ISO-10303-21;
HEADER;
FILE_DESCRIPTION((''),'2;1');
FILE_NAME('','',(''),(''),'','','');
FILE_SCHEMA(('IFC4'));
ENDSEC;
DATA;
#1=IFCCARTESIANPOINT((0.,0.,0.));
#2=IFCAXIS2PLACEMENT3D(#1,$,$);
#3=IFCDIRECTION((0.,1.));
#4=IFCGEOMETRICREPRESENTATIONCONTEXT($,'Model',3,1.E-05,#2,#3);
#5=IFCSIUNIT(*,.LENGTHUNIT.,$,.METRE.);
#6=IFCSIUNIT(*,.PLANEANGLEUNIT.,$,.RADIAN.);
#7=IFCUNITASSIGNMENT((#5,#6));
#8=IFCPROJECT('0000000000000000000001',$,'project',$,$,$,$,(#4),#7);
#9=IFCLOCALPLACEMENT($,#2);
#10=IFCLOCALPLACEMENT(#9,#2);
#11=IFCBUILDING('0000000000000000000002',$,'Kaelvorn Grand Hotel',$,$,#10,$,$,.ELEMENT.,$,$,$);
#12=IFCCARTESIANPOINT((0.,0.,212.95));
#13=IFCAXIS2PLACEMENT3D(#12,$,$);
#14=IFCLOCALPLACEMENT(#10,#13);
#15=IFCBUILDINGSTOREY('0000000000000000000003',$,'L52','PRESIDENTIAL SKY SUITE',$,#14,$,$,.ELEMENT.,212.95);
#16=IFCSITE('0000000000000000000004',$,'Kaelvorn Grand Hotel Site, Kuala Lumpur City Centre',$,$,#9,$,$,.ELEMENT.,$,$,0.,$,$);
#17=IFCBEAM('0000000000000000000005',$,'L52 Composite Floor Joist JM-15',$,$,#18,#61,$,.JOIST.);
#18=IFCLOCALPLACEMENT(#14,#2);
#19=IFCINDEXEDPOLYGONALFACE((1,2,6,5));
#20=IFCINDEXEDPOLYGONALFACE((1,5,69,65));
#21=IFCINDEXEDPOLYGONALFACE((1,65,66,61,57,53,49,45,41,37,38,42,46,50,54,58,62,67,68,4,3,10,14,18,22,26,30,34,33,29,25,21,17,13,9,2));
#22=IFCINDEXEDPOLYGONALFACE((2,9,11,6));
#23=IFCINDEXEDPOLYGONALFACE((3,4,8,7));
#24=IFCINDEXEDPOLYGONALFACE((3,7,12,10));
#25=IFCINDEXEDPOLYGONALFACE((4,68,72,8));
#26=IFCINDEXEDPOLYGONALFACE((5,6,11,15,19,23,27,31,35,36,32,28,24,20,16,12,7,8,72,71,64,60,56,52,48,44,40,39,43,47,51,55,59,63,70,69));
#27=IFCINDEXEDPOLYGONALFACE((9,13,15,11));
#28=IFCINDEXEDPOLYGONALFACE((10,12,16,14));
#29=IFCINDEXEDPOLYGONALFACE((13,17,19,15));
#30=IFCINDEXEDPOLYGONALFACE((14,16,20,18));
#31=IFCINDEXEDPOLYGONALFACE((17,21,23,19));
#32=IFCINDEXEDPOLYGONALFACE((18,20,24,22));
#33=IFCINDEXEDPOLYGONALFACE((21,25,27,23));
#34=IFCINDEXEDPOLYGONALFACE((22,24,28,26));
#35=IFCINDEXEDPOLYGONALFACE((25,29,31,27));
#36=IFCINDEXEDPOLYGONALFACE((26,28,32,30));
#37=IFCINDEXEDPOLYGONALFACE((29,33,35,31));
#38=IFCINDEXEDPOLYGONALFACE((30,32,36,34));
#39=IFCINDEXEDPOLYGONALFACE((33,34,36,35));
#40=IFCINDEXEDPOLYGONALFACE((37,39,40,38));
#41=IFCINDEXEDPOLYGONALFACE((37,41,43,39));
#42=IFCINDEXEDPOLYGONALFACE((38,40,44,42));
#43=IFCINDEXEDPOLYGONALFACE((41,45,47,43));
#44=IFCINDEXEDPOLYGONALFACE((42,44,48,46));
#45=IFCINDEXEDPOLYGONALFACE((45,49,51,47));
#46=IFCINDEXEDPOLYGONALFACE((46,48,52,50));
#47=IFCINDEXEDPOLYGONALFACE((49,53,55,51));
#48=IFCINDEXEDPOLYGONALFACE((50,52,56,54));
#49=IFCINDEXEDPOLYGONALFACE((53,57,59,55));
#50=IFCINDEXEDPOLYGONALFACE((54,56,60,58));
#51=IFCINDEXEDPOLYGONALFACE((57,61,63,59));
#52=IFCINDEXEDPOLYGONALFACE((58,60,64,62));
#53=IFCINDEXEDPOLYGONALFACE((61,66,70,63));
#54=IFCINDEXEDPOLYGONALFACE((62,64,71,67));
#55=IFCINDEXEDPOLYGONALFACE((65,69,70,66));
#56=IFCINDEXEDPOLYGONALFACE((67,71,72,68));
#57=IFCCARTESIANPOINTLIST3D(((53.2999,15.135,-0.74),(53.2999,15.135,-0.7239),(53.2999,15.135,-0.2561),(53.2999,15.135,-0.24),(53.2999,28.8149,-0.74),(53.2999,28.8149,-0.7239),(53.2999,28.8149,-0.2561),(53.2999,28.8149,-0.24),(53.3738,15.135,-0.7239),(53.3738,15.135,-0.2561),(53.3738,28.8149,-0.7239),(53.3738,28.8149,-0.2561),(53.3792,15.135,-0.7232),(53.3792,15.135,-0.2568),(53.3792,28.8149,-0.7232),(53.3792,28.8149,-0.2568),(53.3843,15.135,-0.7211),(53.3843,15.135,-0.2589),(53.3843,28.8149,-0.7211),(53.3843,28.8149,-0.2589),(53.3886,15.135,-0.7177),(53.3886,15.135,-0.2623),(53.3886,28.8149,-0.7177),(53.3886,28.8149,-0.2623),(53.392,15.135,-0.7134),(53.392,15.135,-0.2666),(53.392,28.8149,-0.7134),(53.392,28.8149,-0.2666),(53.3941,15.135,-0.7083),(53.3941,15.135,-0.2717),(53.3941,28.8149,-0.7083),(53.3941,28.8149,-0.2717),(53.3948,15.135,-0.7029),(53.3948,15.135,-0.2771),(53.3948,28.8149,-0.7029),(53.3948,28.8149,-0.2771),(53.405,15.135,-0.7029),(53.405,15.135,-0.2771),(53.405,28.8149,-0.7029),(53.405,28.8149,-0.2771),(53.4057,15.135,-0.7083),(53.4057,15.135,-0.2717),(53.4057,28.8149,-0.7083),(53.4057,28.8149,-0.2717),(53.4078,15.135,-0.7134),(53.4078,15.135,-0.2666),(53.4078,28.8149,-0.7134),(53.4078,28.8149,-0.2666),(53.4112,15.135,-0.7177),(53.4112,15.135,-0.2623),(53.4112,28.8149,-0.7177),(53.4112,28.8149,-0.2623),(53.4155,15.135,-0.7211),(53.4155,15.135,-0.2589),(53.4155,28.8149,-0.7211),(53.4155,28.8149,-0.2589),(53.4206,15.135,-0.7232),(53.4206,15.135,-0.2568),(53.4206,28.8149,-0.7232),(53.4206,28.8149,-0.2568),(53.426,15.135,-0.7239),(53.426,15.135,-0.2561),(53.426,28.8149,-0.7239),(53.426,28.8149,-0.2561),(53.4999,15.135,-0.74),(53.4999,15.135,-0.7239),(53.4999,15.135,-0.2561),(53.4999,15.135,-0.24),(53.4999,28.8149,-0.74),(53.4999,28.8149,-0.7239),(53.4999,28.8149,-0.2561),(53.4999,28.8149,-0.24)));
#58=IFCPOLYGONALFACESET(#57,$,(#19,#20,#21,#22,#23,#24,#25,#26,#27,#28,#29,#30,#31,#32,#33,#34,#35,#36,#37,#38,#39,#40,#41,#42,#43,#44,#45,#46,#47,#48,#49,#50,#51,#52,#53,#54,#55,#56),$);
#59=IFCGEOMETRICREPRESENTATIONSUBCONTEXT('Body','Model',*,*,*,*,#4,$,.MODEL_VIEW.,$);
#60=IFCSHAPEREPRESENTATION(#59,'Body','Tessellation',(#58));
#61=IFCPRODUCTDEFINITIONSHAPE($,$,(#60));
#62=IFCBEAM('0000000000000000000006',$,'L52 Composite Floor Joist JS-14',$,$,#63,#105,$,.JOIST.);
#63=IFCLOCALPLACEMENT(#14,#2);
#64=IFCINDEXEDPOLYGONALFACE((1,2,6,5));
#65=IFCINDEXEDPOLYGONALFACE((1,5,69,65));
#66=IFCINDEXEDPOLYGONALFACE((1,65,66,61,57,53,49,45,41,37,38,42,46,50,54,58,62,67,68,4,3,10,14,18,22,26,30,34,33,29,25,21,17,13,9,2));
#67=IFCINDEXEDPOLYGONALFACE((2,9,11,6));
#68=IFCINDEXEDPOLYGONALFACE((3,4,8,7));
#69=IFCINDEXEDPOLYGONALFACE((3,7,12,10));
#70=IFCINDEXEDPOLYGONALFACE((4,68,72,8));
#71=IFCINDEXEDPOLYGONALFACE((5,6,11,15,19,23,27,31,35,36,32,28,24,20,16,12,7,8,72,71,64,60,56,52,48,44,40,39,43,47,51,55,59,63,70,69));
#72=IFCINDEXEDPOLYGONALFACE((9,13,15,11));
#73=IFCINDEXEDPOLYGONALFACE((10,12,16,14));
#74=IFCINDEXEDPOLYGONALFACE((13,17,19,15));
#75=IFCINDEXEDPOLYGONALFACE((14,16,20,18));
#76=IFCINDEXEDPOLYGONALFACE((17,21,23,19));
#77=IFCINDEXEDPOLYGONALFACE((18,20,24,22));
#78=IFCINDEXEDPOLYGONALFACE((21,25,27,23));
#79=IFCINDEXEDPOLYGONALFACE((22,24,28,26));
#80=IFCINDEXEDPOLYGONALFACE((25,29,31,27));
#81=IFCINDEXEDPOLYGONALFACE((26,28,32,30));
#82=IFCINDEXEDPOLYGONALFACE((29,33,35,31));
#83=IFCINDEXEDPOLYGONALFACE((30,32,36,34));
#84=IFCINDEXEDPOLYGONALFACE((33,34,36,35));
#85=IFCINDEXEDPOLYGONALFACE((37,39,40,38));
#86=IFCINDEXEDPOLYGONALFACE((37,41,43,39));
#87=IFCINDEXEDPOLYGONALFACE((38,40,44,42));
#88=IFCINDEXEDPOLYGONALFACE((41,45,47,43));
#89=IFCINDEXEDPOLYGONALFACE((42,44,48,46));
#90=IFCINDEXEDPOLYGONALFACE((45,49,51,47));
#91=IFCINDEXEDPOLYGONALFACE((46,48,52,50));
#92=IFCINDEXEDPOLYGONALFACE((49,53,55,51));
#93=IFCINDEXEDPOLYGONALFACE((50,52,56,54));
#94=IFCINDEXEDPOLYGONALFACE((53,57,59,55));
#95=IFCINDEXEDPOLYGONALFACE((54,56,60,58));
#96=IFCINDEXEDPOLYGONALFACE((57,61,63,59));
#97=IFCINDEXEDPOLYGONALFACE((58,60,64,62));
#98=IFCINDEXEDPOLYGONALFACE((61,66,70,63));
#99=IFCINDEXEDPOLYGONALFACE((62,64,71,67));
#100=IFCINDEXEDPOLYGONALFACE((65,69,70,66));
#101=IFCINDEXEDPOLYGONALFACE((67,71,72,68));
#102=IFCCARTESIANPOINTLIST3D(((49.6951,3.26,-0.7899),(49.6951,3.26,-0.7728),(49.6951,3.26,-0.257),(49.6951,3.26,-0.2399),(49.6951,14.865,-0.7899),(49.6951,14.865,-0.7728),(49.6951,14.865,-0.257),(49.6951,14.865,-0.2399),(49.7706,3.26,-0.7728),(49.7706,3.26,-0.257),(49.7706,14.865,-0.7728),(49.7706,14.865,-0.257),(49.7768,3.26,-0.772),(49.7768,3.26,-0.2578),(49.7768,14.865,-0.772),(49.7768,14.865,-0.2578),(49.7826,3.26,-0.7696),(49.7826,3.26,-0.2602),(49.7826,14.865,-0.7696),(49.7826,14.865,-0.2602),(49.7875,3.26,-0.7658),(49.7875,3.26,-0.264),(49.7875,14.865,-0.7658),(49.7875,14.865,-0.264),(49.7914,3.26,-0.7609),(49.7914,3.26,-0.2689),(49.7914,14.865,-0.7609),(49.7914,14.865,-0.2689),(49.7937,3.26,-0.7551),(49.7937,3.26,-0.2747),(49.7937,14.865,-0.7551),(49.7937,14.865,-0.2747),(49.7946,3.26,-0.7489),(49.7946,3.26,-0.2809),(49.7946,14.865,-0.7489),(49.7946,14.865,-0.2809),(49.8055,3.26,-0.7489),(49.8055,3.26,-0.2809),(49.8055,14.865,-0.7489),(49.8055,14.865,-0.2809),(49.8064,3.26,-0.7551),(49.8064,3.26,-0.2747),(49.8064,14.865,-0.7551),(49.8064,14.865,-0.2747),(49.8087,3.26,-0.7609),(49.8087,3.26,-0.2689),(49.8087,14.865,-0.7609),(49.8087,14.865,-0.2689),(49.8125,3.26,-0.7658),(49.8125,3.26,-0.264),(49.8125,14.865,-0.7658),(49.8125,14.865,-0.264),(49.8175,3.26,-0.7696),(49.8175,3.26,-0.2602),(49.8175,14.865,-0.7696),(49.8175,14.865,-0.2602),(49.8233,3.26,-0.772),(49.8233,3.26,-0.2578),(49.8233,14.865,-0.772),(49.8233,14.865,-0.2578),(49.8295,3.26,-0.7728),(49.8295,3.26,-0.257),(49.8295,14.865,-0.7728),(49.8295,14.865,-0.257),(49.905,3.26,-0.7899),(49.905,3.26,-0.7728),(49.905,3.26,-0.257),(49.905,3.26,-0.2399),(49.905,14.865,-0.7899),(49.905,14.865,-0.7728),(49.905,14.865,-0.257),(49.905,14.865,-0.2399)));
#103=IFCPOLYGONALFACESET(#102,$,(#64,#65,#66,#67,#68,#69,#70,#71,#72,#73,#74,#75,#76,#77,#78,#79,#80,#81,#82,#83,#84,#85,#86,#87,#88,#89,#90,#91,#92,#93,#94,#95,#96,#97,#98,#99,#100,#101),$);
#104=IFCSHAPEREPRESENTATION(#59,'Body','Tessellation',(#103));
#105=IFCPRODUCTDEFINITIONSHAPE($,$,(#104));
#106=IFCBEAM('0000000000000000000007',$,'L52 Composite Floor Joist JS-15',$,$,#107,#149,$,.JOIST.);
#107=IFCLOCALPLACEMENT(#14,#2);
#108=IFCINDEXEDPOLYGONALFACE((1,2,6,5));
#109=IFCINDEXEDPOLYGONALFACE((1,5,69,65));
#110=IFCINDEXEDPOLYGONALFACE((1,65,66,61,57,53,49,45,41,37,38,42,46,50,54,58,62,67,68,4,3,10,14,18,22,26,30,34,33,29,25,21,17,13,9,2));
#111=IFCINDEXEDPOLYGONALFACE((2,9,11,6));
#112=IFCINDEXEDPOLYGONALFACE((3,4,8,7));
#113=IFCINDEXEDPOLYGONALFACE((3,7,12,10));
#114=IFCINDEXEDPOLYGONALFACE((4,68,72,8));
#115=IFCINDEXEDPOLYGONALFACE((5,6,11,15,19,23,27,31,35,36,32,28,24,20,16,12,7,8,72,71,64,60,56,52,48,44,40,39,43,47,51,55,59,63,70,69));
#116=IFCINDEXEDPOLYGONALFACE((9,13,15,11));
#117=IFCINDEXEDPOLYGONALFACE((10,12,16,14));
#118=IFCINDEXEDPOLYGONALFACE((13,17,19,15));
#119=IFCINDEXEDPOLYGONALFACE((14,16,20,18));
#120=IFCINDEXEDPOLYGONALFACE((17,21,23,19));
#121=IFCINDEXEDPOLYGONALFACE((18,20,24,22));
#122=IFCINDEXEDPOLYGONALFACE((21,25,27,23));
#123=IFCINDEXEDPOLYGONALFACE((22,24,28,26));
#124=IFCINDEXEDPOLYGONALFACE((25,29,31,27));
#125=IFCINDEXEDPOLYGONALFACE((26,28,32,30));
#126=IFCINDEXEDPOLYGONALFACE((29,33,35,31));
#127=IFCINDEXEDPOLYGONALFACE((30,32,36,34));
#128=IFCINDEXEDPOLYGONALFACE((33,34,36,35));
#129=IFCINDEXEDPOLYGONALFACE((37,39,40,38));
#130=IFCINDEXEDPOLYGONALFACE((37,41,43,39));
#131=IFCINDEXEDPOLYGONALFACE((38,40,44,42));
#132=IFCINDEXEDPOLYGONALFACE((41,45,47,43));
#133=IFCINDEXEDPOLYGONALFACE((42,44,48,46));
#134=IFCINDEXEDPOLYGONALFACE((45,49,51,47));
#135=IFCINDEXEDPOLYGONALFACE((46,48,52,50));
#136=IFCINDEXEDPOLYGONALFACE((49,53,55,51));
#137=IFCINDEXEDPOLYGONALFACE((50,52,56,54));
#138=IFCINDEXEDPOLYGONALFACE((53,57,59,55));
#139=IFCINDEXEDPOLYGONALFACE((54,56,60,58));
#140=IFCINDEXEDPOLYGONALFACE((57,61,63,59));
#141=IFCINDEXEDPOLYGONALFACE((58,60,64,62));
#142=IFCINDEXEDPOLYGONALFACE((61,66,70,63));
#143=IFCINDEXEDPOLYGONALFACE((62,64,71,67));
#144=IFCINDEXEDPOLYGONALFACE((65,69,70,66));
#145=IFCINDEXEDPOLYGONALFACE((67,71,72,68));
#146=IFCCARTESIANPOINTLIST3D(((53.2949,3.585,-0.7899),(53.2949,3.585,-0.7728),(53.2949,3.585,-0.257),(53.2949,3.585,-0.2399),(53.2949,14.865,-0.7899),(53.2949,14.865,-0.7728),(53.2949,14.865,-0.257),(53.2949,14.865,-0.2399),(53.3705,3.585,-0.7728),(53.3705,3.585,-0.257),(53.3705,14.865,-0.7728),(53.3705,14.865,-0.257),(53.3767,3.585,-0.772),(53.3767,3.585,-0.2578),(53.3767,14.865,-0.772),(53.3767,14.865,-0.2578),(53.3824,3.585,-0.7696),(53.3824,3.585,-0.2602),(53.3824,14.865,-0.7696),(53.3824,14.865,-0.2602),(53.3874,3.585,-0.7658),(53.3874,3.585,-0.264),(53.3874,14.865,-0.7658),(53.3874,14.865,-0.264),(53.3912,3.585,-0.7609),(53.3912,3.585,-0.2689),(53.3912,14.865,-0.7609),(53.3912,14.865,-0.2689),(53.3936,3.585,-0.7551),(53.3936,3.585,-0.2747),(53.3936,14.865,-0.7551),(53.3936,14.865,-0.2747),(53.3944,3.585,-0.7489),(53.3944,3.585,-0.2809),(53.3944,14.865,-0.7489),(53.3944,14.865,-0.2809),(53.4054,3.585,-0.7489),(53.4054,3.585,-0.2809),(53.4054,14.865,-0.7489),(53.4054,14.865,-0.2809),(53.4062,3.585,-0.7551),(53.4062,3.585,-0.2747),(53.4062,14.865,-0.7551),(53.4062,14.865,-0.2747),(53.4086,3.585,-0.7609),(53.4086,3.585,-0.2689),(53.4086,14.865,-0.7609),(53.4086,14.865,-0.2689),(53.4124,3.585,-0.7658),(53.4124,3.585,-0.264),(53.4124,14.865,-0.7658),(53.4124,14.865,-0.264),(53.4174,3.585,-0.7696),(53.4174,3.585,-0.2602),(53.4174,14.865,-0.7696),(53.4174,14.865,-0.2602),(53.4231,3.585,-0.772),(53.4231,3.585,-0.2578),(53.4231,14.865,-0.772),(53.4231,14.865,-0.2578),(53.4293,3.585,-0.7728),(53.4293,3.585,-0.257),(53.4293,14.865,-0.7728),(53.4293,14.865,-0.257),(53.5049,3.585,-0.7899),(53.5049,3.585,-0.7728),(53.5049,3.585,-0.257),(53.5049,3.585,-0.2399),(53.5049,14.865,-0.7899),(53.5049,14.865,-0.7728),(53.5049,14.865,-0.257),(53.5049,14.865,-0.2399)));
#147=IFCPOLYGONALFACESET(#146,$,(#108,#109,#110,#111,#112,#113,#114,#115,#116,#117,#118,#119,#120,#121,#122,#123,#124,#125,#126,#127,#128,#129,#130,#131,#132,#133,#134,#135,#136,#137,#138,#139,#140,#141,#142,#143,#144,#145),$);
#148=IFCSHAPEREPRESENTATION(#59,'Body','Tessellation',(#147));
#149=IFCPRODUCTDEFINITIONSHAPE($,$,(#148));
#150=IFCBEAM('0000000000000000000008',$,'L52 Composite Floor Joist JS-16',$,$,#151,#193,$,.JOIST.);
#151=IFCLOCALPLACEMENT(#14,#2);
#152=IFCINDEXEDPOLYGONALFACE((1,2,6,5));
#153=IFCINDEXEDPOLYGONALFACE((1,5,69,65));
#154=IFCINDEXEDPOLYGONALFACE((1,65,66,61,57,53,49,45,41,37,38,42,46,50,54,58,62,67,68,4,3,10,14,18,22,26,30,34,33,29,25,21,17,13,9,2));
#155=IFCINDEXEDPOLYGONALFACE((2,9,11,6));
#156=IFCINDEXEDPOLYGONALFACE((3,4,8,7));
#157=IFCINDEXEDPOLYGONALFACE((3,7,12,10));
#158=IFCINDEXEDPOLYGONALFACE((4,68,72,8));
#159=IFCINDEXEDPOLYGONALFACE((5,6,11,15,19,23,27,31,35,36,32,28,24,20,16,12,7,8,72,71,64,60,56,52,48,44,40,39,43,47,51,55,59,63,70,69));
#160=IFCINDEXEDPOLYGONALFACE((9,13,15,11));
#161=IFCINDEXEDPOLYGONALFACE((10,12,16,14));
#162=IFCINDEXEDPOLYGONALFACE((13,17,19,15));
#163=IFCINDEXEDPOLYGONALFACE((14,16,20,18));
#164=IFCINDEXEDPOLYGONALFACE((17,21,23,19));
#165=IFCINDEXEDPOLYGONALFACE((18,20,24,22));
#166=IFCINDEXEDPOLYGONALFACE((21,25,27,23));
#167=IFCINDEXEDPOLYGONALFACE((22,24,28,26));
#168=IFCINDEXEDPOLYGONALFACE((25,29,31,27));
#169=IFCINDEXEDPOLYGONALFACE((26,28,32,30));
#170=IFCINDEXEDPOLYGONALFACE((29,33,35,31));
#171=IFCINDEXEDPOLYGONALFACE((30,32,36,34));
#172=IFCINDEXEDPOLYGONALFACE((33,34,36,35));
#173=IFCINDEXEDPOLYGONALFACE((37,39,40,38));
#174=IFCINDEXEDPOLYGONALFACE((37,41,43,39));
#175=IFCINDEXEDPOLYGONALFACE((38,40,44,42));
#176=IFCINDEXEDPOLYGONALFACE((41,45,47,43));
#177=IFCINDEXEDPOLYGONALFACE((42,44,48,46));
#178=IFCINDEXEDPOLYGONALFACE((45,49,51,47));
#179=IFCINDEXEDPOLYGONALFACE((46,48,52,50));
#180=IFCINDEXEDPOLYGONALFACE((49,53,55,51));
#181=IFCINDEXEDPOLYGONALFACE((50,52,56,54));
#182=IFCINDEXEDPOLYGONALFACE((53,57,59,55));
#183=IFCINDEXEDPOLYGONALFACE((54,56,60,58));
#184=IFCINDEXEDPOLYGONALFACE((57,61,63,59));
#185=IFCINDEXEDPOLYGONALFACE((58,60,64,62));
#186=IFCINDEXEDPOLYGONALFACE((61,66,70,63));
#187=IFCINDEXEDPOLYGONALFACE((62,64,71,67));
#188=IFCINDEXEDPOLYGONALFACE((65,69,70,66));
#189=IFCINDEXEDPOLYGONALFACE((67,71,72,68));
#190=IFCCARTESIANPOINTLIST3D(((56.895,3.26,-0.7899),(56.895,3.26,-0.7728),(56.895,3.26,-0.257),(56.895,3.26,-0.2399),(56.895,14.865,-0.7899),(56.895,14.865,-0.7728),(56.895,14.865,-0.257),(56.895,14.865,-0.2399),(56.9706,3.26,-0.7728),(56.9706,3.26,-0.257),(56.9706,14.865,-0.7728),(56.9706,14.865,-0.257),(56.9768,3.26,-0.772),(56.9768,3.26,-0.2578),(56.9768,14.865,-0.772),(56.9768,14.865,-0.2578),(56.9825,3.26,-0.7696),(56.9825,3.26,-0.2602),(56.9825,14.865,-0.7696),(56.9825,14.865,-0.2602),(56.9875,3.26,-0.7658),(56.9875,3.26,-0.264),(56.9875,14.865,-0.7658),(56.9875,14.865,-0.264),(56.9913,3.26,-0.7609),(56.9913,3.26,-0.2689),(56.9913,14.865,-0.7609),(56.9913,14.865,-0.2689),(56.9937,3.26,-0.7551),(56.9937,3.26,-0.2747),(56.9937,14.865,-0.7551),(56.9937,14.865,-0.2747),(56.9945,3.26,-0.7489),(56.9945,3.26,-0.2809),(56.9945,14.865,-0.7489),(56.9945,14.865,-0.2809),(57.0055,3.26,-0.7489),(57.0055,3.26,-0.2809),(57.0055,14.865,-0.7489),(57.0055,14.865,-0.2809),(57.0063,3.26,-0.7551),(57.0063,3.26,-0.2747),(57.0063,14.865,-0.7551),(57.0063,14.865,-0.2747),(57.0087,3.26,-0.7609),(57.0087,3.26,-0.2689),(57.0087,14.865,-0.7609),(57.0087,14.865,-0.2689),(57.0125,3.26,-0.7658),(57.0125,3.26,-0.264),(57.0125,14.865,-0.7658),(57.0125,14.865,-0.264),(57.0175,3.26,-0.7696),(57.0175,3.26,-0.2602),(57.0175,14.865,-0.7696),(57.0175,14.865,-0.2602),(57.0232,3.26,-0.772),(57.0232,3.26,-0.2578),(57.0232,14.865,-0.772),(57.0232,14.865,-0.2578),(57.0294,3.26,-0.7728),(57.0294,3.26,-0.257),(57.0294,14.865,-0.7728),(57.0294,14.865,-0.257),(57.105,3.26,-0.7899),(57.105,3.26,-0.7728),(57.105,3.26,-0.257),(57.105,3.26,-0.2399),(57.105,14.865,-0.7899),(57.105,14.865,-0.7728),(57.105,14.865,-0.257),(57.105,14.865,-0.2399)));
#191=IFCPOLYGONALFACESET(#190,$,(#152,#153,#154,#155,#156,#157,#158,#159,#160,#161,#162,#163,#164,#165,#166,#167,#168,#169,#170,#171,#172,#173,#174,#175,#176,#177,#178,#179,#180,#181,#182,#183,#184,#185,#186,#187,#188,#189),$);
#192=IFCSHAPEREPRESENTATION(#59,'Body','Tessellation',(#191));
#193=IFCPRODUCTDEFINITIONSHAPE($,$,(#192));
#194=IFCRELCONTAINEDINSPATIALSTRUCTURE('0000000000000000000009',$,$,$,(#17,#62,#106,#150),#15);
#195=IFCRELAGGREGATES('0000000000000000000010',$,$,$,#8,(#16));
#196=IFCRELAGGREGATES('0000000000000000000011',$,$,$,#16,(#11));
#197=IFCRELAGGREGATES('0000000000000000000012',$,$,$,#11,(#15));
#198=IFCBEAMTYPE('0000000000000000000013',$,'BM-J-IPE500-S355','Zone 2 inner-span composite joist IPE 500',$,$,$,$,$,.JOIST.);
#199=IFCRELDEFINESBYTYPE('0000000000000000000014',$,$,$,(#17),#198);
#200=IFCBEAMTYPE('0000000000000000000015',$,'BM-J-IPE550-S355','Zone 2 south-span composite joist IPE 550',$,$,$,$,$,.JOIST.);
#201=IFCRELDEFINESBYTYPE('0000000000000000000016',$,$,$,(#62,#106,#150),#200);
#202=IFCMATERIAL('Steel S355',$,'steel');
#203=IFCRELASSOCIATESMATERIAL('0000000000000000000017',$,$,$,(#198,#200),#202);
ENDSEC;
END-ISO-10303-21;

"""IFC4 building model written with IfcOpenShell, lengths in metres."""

from ifc_helpers import new_model, si_unit, direction, frame, origin, origin_2d, place, context, subcontext, project, spatial, i_section, extrude, material, material_profile, profile_set, type_object, element, save


model = new_model("IFC4")

# Units and contexts
model_context = context("Model", 3, precision=1e-05, world=origin(), true_north=direction((0.0, 1.0)))
body_context = subcontext(model_context, "Body", "Model", "MODEL_VIEW")
ifc_project = project(units=[si_unit("LENGTHUNIT", "METRE"), si_unit("PLANEANGLEUNIT", "RADIAN")], contexts=[model_context])

# Site, building, storey
site_placement = place(None, origin())
site = spatial("IfcSite", under=ifc_project, at=site_placement, Name="Kaelvorn Grand Hotel Site, Kuala Lumpur City Centre", CompositionType="ELEMENT", RefElevation=0.0)
building_placement = place(site_placement, origin())
building = spatial("IfcBuilding", under=site, at=building_placement, Name="Kaelvorn Grand Hotel", CompositionType="ELEMENT")
storey_placement = place(building_placement, frame((0.0, 0.0, 212.95)))
storey = spatial("IfcBuildingStorey", under=building, at=storey_placement, Name="L52", Description="PRESIDENTIAL SKY SUITE", CompositionType="ELEMENT", Elevation=212.95)

# Beams
ifc_material_1 = material(Name="Steel S355", Category="steel")
ifc_material_profile_1 = material_profile(ifc_material_1, i_section(OverallWidth=0.2, OverallDepth=0.5, WebThickness=0.0103, FlangeThickness=0.0161, FilletRadius=0.021, at=origin_2d()), Name="IPE 500")
ifc_profile_set_1 = profile_set([ifc_material_profile_1], Name="Steel S355")
beam_type_1 = type_object("IfcBeamType", Name="BM-J-IPE500-S355", Description="Zone 2 inner-span composite joist IPE 500", PredefinedType="JOIST", material=ifc_profile_set_1)
beam_1_placement = place(storey_placement, frame((53.3999, 15.135, -0.49), z_axis=(0.0, 1.0, 0.0), x_axis=(-1.0, 0.0, 0.0)))
element("IfcBeam", 1, at=beam_1_placement, inside=storey, type_object=beam_type_1, Name="L52 Composite Floor Joist JM-15", PredefinedType="JOIST", context=body_context, shape_type="SweptSolid", body=[
    extrude(i_section(OverallWidth=0.2, OverallDepth=0.5, WebThickness=0.0103, FlangeThickness=0.0161, FilletRadius=0.021, at=origin_2d()), origin(), (0.0, 0.0, 1.0), 13.6799),
])
ifc_material_profile_2 = material_profile(ifc_material_1, i_section(OverallWidth=0.21, OverallDepth=0.55, WebThickness=0.011, FlangeThickness=0.0171, FilletRadius=0.0239, at=origin_2d()), Name="IPE 550")
ifc_profile_set_2 = profile_set([ifc_material_profile_2], Name="Steel S355")
beam_type_2 = type_object("IfcBeamType", Name="BM-J-IPE550-S355", Description="Zone 2 south-span composite joist IPE 550", PredefinedType="JOIST", material=ifc_profile_set_2)
beam_2_placement = place(storey_placement, frame((49.8, 3.26, -0.5149), z_axis=(0.0, 1.0, 0.0), x_axis=(-1.0, 0.0, 0.0)))
element("IfcBeam", 2, at=beam_2_placement, inside=storey, type_object=beam_type_2, Name="L52 Composite Floor Joist JS-14", PredefinedType="JOIST", context=body_context, shape_type="SweptSolid", body=[
    extrude(i_section(OverallWidth=0.21, OverallDepth=0.55, WebThickness=0.011, FlangeThickness=0.0171, FilletRadius=0.0239, at=origin_2d()), origin(), (0.0, 0.0, 1.0), 11.605),
])
beam_3_placement = place(storey_placement, frame((53.3999, 3.585, -0.5149), z_axis=(0.0, 1.0, 0.0), x_axis=(-1.0, 0.0, 0.0)))
element("IfcBeam", 3, at=beam_3_placement, inside=storey, type_object=beam_type_2, Name="L52 Composite Floor Joist JS-15", PredefinedType="JOIST", context=body_context, shape_type="SweptSolid", body=[
    extrude(i_section(OverallWidth=0.21, OverallDepth=0.55, WebThickness=0.011, FlangeThickness=0.0171, FilletRadius=0.0239, at=origin_2d()), origin(), (0.0, 0.0, 1.0), 11.28),
])
beam_4_placement = place(storey_placement, frame((57.0, 3.26, -0.5149), z_axis=(0.0, 1.0, 0.0), x_axis=(-1.0, 0.0, 0.0)))
element("IfcBeam", 4, at=beam_4_placement, inside=storey, type_object=beam_type_2, Name="L52 Composite Floor Joist JS-16", PredefinedType="JOIST", context=body_context, shape_type="SweptSolid", body=[
    extrude(i_section(OverallWidth=0.21, OverallDepth=0.55, WebThickness=0.011, FlangeThickness=0.0171, FilletRadius=0.0239, at=origin_2d()), origin(), (0.0, 0.0, 1.0), 11.605),
])

save(model, "model.ifc")
